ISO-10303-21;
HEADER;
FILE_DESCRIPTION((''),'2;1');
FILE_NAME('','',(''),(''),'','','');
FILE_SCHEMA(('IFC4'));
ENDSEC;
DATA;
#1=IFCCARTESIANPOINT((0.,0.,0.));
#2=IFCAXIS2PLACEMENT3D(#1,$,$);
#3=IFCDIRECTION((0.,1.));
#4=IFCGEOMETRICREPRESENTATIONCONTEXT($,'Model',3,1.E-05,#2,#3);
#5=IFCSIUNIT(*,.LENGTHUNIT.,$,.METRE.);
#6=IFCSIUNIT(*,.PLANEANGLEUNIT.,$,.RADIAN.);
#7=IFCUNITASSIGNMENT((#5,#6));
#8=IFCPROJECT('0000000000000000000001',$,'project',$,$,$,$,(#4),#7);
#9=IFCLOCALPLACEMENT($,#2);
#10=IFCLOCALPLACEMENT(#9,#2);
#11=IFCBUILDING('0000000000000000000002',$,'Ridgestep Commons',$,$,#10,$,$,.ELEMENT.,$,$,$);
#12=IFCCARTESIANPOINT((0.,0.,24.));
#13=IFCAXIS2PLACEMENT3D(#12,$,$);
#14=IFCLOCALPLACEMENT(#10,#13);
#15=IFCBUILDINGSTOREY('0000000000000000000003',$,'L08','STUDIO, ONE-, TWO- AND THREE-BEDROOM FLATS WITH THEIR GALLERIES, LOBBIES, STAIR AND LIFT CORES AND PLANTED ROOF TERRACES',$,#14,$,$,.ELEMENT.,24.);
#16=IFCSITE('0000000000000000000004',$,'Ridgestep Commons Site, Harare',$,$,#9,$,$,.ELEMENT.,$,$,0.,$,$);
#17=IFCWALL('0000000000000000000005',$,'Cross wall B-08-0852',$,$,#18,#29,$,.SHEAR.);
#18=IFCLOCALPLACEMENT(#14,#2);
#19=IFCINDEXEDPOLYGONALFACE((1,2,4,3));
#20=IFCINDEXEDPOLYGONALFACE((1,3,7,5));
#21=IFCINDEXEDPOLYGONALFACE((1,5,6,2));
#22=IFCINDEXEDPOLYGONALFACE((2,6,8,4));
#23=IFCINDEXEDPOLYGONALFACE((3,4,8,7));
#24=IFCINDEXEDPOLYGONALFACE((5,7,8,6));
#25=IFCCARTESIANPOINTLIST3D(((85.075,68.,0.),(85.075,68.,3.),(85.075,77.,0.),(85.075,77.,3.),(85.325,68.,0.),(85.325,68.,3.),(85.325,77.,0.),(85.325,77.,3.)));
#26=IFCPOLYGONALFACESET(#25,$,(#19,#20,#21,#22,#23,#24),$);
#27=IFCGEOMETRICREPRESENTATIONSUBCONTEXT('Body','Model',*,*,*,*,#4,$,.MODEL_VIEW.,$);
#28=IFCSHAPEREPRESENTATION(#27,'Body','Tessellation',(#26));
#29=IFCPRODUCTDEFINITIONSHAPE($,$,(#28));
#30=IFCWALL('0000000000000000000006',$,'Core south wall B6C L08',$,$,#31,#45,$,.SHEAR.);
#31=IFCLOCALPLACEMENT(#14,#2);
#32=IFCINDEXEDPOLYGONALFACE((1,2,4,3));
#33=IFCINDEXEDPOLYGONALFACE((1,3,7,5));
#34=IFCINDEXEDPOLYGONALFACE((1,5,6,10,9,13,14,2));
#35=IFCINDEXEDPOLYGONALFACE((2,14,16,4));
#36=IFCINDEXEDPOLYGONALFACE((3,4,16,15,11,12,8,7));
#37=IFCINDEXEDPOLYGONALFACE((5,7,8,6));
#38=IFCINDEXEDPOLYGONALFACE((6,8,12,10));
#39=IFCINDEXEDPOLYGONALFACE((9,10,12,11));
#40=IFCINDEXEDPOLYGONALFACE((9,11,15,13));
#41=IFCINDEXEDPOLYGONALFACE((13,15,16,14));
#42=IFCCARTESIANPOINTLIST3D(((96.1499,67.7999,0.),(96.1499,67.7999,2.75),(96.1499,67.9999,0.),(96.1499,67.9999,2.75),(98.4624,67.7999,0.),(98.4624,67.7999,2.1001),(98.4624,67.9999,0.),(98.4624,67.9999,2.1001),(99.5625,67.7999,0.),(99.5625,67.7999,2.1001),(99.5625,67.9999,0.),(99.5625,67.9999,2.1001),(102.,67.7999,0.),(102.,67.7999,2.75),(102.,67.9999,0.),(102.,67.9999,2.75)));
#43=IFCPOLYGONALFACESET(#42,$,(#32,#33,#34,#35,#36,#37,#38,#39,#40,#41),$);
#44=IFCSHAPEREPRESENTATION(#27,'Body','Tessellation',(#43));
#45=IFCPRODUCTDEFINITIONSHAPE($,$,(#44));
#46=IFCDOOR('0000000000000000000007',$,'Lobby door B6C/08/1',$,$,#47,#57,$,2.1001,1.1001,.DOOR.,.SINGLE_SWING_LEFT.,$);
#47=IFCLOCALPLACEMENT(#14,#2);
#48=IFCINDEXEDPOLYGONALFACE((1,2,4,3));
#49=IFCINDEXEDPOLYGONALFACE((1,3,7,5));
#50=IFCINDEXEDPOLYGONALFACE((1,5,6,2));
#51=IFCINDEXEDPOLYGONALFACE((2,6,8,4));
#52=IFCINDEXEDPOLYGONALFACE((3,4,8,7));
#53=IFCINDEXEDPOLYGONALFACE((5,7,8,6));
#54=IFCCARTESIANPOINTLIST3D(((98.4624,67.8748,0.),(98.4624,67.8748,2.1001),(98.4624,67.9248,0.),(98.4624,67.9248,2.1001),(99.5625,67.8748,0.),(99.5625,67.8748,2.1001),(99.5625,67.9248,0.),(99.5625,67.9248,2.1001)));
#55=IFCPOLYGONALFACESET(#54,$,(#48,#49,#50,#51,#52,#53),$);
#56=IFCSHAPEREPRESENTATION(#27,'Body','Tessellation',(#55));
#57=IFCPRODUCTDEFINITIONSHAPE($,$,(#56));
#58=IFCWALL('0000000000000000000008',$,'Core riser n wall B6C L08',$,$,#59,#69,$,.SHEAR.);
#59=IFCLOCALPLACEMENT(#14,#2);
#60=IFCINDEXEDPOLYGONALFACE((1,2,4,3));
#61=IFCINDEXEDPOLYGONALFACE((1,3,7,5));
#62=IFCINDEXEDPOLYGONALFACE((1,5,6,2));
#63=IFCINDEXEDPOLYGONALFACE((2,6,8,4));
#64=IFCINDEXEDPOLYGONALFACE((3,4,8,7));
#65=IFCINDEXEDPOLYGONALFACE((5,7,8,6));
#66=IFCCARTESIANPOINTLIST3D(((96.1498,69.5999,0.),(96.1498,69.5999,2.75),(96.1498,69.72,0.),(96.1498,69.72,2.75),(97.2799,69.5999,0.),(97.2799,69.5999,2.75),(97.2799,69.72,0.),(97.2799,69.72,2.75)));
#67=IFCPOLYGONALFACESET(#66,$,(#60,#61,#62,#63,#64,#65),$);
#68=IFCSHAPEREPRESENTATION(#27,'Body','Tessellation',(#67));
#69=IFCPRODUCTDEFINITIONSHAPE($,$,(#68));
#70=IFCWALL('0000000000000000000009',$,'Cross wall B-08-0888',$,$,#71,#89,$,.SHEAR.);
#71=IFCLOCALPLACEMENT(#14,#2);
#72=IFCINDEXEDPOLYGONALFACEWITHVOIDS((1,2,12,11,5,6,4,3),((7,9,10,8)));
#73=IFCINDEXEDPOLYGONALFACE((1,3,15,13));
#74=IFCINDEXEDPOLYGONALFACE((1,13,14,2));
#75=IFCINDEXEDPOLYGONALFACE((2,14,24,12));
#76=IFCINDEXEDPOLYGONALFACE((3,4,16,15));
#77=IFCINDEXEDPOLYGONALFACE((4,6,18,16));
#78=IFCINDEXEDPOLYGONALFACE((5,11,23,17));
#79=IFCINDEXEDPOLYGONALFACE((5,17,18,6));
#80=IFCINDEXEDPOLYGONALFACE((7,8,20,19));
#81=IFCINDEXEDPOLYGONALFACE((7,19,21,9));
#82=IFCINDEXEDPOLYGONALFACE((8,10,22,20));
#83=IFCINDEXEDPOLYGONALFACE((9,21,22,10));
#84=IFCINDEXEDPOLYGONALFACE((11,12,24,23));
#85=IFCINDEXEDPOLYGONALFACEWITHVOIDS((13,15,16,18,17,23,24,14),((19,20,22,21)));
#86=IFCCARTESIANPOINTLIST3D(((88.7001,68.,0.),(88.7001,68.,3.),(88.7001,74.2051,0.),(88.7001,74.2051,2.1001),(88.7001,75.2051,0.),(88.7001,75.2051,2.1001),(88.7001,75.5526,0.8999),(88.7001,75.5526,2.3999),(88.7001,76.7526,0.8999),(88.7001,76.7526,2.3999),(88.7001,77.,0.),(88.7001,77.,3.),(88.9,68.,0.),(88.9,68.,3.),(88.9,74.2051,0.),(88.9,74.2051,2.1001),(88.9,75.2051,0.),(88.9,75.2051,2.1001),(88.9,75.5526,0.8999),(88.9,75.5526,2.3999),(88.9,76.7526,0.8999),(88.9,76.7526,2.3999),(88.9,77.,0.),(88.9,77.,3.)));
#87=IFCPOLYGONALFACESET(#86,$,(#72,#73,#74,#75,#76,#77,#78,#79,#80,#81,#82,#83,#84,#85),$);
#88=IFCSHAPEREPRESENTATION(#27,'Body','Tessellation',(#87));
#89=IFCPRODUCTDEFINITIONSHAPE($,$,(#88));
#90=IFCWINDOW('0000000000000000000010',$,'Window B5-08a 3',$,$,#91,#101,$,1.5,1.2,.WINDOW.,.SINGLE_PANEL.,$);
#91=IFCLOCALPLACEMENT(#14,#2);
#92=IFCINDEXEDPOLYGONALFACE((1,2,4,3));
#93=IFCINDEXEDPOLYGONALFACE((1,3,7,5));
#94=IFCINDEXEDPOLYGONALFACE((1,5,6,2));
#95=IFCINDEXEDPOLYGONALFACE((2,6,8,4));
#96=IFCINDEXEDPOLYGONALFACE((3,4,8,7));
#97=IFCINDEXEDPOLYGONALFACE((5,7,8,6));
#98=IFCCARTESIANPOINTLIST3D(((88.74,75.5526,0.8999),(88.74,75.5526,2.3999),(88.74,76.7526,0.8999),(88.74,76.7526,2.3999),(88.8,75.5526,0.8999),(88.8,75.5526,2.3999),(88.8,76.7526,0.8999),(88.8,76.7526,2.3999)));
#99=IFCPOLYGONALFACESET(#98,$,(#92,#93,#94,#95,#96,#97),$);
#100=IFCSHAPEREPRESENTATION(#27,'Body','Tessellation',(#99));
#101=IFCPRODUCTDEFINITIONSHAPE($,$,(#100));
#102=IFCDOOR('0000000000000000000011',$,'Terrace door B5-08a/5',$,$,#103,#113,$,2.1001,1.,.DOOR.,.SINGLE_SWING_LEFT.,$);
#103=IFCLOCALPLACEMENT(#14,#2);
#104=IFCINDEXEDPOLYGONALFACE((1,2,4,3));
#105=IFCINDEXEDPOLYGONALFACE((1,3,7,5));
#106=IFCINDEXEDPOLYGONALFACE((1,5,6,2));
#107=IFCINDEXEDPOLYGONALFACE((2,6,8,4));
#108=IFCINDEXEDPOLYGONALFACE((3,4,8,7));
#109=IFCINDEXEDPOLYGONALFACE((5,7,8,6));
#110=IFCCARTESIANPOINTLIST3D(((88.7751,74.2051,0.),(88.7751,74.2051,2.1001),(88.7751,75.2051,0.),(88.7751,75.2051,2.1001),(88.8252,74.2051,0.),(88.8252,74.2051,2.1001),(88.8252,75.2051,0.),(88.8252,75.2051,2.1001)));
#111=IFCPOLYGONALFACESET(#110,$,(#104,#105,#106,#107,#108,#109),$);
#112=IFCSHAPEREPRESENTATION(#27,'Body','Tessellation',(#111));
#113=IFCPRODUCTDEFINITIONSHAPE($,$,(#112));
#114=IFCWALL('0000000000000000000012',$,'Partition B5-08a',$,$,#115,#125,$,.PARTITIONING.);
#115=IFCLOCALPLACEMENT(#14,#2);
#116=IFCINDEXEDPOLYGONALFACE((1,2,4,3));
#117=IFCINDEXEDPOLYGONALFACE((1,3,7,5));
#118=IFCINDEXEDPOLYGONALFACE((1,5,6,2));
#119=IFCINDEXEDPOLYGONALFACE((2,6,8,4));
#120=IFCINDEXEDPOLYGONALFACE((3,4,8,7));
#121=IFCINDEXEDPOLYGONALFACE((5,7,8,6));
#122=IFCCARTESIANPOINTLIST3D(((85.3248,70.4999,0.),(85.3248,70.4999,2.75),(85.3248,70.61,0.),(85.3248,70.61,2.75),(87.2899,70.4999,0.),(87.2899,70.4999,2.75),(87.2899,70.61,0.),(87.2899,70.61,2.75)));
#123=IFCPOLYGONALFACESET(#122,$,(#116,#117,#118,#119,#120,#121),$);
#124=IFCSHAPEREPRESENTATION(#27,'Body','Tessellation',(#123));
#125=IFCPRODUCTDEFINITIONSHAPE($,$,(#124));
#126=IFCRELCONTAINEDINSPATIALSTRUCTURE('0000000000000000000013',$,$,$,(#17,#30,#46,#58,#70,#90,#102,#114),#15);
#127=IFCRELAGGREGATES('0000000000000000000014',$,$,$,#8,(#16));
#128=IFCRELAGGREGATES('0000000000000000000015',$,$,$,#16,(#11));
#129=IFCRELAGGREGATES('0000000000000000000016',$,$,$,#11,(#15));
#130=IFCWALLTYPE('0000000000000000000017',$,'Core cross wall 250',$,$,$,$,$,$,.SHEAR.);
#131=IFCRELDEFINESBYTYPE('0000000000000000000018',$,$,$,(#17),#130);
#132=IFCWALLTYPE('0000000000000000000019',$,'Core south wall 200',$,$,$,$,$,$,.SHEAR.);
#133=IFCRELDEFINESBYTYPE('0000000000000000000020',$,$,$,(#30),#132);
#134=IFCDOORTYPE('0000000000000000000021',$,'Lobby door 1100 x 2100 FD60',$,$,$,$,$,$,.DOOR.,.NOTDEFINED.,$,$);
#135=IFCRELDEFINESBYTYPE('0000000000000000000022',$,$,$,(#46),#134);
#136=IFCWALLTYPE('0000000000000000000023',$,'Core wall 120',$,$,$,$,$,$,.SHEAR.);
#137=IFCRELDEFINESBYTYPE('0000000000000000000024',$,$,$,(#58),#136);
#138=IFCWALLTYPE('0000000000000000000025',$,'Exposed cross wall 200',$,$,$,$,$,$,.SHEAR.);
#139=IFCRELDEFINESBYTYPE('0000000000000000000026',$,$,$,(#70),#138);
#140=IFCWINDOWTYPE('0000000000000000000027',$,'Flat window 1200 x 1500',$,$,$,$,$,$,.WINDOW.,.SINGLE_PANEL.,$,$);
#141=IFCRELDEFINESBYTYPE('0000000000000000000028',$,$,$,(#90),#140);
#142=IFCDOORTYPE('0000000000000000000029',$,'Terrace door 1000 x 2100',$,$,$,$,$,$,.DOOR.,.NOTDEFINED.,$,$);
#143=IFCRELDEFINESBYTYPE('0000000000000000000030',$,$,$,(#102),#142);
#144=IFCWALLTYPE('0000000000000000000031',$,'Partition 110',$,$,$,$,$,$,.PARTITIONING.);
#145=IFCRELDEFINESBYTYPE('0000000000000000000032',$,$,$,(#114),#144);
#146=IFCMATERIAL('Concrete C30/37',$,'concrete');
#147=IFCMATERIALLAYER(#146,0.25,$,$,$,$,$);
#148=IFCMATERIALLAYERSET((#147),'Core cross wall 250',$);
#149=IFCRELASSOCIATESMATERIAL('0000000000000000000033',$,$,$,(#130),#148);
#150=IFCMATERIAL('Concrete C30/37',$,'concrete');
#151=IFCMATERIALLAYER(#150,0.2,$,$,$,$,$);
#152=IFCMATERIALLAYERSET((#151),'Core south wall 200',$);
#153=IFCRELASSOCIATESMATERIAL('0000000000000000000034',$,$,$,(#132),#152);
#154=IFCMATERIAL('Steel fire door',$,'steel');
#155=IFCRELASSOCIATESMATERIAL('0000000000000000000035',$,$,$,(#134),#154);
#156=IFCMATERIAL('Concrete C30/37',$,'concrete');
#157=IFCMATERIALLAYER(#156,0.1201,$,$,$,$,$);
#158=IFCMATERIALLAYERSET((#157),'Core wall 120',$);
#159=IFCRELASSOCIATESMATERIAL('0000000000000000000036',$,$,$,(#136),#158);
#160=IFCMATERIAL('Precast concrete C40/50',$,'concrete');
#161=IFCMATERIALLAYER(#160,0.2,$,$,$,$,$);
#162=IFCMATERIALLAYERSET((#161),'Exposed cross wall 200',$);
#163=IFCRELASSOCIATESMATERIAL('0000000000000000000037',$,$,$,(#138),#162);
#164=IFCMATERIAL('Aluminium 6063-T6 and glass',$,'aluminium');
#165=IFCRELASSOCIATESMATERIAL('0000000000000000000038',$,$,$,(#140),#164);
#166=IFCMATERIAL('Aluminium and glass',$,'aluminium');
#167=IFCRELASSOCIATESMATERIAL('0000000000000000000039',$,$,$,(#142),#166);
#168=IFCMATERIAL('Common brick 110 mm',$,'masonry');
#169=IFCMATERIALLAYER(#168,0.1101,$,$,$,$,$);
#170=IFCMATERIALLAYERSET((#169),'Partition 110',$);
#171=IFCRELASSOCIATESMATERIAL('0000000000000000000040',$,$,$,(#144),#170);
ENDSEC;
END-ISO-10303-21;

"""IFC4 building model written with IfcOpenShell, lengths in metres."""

from ifc_helpers import new_model, si_unit, direction, frame, frame_2d, origin, place, context, subcontext, project, spatial, rectangle, extrude, material, layer, layer_set, type_object, element, fill, save


model = new_model("IFC4")

# Units and contexts
model_context = context("Model", 3, precision=1e-05, world=origin(), true_north=direction((0.0, 1.0)))
body_context = subcontext(model_context, "Body", "Model", "MODEL_VIEW")
ifc_project = project(units=[si_unit("LENGTHUNIT", "METRE"), si_unit("PLANEANGLEUNIT", "RADIAN")], contexts=[model_context])

# Site, building, storey
site_placement = place(None, origin())
site = spatial("IfcSite", under=ifc_project, at=site_placement, Name="Ridgestep Commons Site, Harare", CompositionType="ELEMENT", RefElevation=0.0)
building_placement = place(site_placement, origin())
building = spatial("IfcBuilding", under=site, at=building_placement, Name="Ridgestep Commons", CompositionType="ELEMENT")
storey_placement = place(building_placement, frame((0.0, 0.0, 24.0)))
storey = spatial("IfcBuildingStorey", under=building, at=storey_placement, Name="L08", Description="STUDIO, ONE-, TWO- AND THREE-BEDROOM FLATS WITH THEIR GALLERIES, LOBBIES, STAIR AND LIFT CORES AND PLANTED ROOF TERRACES", CompositionType="ELEMENT", Elevation=24.0)

# Wall
ifc_material_1 = material(Name="Concrete C30/37", Category="concrete")
ifc_layer_1 = layer(ifc_material_1, 0.25)
ifc_layer_set_1 = layer_set([ifc_layer_1], Name="Core cross wall 250")
wall_type_1 = type_object("IfcWallType", Name="Core cross wall 250", PredefinedType="SHEAR", material=ifc_layer_set_1)
wall_1_placement = place(storey_placement, frame((85.2, 68.0, 0.0), z_axis=(0.0, 0.0, 1.0), x_axis=(0.0, 1.0, 0.0)))
element("IfcWall", 1, at=wall_1_placement, inside=storey, type_object=wall_type_1, Name="Cross wall B-08-0852", PredefinedType="SHEAR", context=body_context, shape_type="SweptSolid", body=[
    extrude(rectangle(XDim=9.0, YDim=0.25, at=frame_2d((4.5, 0.0))), origin(), (0.0, 0.0, 1.0), 3.0),
])

# Wall, opening, door
ifc_material_2 = material(Name="Concrete C30/37", Category="concrete")
ifc_layer_2 = layer(ifc_material_2, 0.2)
ifc_layer_set_2 = layer_set([ifc_layer_2], Name="Core south wall 200")
wall_type_2 = type_object("IfcWallType", Name="Core south wall 200", PredefinedType="SHEAR", material=ifc_layer_set_2)
wall_2_placement = place(storey_placement, frame((96.1499, 67.8999, 0.0), z_axis=(0.0, 0.0, 1.0), x_axis=(1.0, 0.0, 0.0)))
wall_2 = element("IfcWall", 2, at=wall_2_placement, inside=storey, type_object=wall_type_2, Name="Core south wall B6C L08", PredefinedType="SHEAR", context=body_context, shape_type="SweptSolid", body=[
    extrude(rectangle(XDim=5.8501, YDim=0.2, at=frame_2d((2.925, 0.0))), origin(), (0.0, 0.0, 1.0), 2.75),
])
opening_1_placement = place(wall_2_placement, frame((2.3125, 0.0, 0.0)))
opening_1 = element("IfcOpeningElement", 3, at=opening_1_placement, cuts=wall_2, PredefinedType="OPENING", context=body_context, shape_type="SweptSolid", body=[
    extrude(rectangle(XDim=1.1001, YDim=2.1001, at=frame_2d((0.55, 1.05))), frame((0.0, 0.1099, 0.0), z_axis=(0.0, -1.0, 0.0), x_axis=(1.0, 0.0, 0.0)), (0.0, 0.0, 1.0), 0.22),
])
ifc_material_3 = material(Name="Steel fire door", Category="steel")
door_type_1 = type_object("IfcDoorType", Name="Lobby door 1100 x 2100 FD60", OperationType="NOTDEFINED", PredefinedType="DOOR", material=ifc_material_3)
door_1_placement = place(opening_1_placement, origin())
door_1 = element("IfcDoor", 4, at=door_1_placement, inside=storey, type_object=door_type_1, Name="Lobby door B6C/08/1", OperationType="SINGLE_SWING_LEFT", OverallHeight=2.1001, OverallWidth=1.1001, PredefinedType="DOOR", context=body_context, shape_type="SweptSolid", body=[
    extrude(rectangle(XDim=1.1001, YDim=2.1001, at=frame_2d((0.55, 1.05))), frame((0.0, 0.0249, 0.0), z_axis=(0.0, -1.0, 0.0), x_axis=(1.0, 0.0, 0.0)), (0.0, 0.0, 1.0), 0.05),
])
fill(opening_1, door_1)

# Wall
ifc_material_4 = material(Name="Concrete C30/37", Category="concrete")
ifc_layer_3 = layer(ifc_material_4, 0.1201)
ifc_layer_set_3 = layer_set([ifc_layer_3], Name="Core wall 120")
wall_type_3 = type_object("IfcWallType", Name="Core wall 120", PredefinedType="SHEAR", material=ifc_layer_set_3)
wall_3_placement = place(storey_placement, frame((96.1499, 69.6599, 0.0), z_axis=(0.0, 0.0, 1.0), x_axis=(1.0, 0.0, 0.0)))
element("IfcWall", 5, at=wall_3_placement, inside=storey, type_object=wall_type_3, Name="Core riser n wall B6C L08", PredefinedType="SHEAR", context=body_context, shape_type="SweptSolid", body=[
    extrude(rectangle(XDim=1.1301, YDim=0.1201, at=frame_2d((0.5649, 0.0))), origin(), (0.0, 0.0, 1.0), 2.75),
])

# Wall, openings, window, door
ifc_material_5 = material(Name="Precast concrete C40/50", Category="concrete")
ifc_layer_4 = layer(ifc_material_5, 0.2)
ifc_layer_set_4 = layer_set([ifc_layer_4], Name="Exposed cross wall 200")
wall_type_4 = type_object("IfcWallType", Name="Exposed cross wall 200", PredefinedType="SHEAR", material=ifc_layer_set_4)
wall_4_placement = place(storey_placement, frame((88.8, 68.0, 0.0), z_axis=(0.0, 0.0, 1.0), x_axis=(0.0, 1.0, 0.0)))
wall_4 = element("IfcWall", 6, at=wall_4_placement, inside=storey, type_object=wall_type_4, Name="Cross wall B-08-0888", PredefinedType="SHEAR", context=body_context, shape_type="SweptSolid", body=[
    extrude(rectangle(XDim=9.0, YDim=0.2, at=frame_2d((4.5, 0.0))), origin(), (0.0, 0.0, 1.0), 3.0),
])
opening_2_placement = place(wall_4_placement, frame((7.5525, 0.0, 0.8999)))
opening_2 = element("IfcOpeningElement", 7, at=opening_2_placement, cuts=wall_4, PredefinedType="OPENING", context=body_context, shape_type="SweptSolid", body=[
    extrude(rectangle(XDim=1.2, YDim=1.5, at=frame_2d((0.6001, 0.75))), frame((0.0, 0.1099, 0.0), z_axis=(0.0, -1.0, 0.0), x_axis=(1.0, 0.0, 0.0)), (0.0, 0.0, 1.0), 0.22),
])
opening_3_placement = place(wall_4_placement, frame((6.2051, 0.0, 0.0)))
opening_3 = element("IfcOpeningElement", 8, at=opening_3_placement, cuts=wall_4, PredefinedType="OPENING", context=body_context, shape_type="SweptSolid", body=[
    extrude(rectangle(XDim=1.0, YDim=2.1001, at=frame_2d((0.5, 1.05))), frame((0.0, 0.1099, 0.0), z_axis=(0.0, -1.0, 0.0), x_axis=(1.0, 0.0, 0.0)), (0.0, 0.0, 1.0), 0.22),
])
ifc_material_6 = material(Name="Aluminium 6063-T6 and glass", Category="aluminium")
window_type_1 = type_object("IfcWindowType", Name="Flat window 1200 x 1500", PartitioningType="SINGLE_PANEL", PredefinedType="WINDOW", material=ifc_material_6)
window_1_placement = place(opening_2_placement, origin())
window_1 = element("IfcWindow", 9, at=window_1_placement, inside=storey, type_object=window_type_1, Name="Window B5-08a 3", OverallHeight=1.5, OverallWidth=1.2, PartitioningType="SINGLE_PANEL", PredefinedType="WINDOW", context=body_context, shape_type="SweptSolid", body=[
    extrude(rectangle(XDim=1.2, YDim=1.5, at=frame_2d((0.6001, 0.75))), frame((0.0, 0.0601, 0.0), z_axis=(0.0, -1.0, 0.0), x_axis=(1.0, 0.0, 0.0)), (0.0, 0.0, 1.0), 0.0601),
])
fill(opening_2, window_1)
ifc_material_7 = material(Name="Aluminium and glass", Category="aluminium")
door_type_2 = type_object("IfcDoorType", Name="Terrace door 1000 x 2100", OperationType="NOTDEFINED", PredefinedType="DOOR", material=ifc_material_7)
door_2_placement = place(opening_3_placement, origin())
door_2 = element("IfcDoor", 10, at=door_2_placement, inside=storey, type_object=door_type_2, Name="Terrace door B5-08a/5", OperationType="SINGLE_SWING_LEFT", OverallHeight=2.1001, OverallWidth=1.0, PredefinedType="DOOR", context=body_context, shape_type="SweptSolid", body=[
    extrude(rectangle(XDim=1.0, YDim=2.1001, at=frame_2d((0.5, 1.05))), frame((0.0, 0.0249, 0.0), z_axis=(0.0, -1.0, 0.0), x_axis=(1.0, 0.0, 0.0)), (0.0, 0.0, 1.0), 0.05),
])
fill(opening_3, door_2)

# Wall
ifc_material_8 = material(Name="Common brick 110 mm", Category="masonry")
ifc_layer_5 = layer(ifc_material_8, 0.1101)
ifc_layer_set_5 = layer_set([ifc_layer_5], Name="Partition 110")
wall_type_5 = type_object("IfcWallType", Name="Partition 110", PredefinedType="PARTITIONING", material=ifc_layer_set_5)
wall_5_placement = place(storey_placement, frame((85.325, 70.5549, 0.0), z_axis=(0.0, 0.0, 1.0), x_axis=(1.0, 0.0, 0.0)))
element("IfcWall", 11, at=wall_5_placement, inside=storey, type_object=wall_type_5, Name="Partition B5-08a", PredefinedType="PARTITIONING", context=body_context, shape_type="SweptSolid", body=[
    extrude(rectangle(XDim=1.9651, YDim=0.1101, at=frame_2d((0.9824, 0.0))), origin(), (0.0, 0.0, 1.0), 2.75),
])

save(model, "model.ifc")
